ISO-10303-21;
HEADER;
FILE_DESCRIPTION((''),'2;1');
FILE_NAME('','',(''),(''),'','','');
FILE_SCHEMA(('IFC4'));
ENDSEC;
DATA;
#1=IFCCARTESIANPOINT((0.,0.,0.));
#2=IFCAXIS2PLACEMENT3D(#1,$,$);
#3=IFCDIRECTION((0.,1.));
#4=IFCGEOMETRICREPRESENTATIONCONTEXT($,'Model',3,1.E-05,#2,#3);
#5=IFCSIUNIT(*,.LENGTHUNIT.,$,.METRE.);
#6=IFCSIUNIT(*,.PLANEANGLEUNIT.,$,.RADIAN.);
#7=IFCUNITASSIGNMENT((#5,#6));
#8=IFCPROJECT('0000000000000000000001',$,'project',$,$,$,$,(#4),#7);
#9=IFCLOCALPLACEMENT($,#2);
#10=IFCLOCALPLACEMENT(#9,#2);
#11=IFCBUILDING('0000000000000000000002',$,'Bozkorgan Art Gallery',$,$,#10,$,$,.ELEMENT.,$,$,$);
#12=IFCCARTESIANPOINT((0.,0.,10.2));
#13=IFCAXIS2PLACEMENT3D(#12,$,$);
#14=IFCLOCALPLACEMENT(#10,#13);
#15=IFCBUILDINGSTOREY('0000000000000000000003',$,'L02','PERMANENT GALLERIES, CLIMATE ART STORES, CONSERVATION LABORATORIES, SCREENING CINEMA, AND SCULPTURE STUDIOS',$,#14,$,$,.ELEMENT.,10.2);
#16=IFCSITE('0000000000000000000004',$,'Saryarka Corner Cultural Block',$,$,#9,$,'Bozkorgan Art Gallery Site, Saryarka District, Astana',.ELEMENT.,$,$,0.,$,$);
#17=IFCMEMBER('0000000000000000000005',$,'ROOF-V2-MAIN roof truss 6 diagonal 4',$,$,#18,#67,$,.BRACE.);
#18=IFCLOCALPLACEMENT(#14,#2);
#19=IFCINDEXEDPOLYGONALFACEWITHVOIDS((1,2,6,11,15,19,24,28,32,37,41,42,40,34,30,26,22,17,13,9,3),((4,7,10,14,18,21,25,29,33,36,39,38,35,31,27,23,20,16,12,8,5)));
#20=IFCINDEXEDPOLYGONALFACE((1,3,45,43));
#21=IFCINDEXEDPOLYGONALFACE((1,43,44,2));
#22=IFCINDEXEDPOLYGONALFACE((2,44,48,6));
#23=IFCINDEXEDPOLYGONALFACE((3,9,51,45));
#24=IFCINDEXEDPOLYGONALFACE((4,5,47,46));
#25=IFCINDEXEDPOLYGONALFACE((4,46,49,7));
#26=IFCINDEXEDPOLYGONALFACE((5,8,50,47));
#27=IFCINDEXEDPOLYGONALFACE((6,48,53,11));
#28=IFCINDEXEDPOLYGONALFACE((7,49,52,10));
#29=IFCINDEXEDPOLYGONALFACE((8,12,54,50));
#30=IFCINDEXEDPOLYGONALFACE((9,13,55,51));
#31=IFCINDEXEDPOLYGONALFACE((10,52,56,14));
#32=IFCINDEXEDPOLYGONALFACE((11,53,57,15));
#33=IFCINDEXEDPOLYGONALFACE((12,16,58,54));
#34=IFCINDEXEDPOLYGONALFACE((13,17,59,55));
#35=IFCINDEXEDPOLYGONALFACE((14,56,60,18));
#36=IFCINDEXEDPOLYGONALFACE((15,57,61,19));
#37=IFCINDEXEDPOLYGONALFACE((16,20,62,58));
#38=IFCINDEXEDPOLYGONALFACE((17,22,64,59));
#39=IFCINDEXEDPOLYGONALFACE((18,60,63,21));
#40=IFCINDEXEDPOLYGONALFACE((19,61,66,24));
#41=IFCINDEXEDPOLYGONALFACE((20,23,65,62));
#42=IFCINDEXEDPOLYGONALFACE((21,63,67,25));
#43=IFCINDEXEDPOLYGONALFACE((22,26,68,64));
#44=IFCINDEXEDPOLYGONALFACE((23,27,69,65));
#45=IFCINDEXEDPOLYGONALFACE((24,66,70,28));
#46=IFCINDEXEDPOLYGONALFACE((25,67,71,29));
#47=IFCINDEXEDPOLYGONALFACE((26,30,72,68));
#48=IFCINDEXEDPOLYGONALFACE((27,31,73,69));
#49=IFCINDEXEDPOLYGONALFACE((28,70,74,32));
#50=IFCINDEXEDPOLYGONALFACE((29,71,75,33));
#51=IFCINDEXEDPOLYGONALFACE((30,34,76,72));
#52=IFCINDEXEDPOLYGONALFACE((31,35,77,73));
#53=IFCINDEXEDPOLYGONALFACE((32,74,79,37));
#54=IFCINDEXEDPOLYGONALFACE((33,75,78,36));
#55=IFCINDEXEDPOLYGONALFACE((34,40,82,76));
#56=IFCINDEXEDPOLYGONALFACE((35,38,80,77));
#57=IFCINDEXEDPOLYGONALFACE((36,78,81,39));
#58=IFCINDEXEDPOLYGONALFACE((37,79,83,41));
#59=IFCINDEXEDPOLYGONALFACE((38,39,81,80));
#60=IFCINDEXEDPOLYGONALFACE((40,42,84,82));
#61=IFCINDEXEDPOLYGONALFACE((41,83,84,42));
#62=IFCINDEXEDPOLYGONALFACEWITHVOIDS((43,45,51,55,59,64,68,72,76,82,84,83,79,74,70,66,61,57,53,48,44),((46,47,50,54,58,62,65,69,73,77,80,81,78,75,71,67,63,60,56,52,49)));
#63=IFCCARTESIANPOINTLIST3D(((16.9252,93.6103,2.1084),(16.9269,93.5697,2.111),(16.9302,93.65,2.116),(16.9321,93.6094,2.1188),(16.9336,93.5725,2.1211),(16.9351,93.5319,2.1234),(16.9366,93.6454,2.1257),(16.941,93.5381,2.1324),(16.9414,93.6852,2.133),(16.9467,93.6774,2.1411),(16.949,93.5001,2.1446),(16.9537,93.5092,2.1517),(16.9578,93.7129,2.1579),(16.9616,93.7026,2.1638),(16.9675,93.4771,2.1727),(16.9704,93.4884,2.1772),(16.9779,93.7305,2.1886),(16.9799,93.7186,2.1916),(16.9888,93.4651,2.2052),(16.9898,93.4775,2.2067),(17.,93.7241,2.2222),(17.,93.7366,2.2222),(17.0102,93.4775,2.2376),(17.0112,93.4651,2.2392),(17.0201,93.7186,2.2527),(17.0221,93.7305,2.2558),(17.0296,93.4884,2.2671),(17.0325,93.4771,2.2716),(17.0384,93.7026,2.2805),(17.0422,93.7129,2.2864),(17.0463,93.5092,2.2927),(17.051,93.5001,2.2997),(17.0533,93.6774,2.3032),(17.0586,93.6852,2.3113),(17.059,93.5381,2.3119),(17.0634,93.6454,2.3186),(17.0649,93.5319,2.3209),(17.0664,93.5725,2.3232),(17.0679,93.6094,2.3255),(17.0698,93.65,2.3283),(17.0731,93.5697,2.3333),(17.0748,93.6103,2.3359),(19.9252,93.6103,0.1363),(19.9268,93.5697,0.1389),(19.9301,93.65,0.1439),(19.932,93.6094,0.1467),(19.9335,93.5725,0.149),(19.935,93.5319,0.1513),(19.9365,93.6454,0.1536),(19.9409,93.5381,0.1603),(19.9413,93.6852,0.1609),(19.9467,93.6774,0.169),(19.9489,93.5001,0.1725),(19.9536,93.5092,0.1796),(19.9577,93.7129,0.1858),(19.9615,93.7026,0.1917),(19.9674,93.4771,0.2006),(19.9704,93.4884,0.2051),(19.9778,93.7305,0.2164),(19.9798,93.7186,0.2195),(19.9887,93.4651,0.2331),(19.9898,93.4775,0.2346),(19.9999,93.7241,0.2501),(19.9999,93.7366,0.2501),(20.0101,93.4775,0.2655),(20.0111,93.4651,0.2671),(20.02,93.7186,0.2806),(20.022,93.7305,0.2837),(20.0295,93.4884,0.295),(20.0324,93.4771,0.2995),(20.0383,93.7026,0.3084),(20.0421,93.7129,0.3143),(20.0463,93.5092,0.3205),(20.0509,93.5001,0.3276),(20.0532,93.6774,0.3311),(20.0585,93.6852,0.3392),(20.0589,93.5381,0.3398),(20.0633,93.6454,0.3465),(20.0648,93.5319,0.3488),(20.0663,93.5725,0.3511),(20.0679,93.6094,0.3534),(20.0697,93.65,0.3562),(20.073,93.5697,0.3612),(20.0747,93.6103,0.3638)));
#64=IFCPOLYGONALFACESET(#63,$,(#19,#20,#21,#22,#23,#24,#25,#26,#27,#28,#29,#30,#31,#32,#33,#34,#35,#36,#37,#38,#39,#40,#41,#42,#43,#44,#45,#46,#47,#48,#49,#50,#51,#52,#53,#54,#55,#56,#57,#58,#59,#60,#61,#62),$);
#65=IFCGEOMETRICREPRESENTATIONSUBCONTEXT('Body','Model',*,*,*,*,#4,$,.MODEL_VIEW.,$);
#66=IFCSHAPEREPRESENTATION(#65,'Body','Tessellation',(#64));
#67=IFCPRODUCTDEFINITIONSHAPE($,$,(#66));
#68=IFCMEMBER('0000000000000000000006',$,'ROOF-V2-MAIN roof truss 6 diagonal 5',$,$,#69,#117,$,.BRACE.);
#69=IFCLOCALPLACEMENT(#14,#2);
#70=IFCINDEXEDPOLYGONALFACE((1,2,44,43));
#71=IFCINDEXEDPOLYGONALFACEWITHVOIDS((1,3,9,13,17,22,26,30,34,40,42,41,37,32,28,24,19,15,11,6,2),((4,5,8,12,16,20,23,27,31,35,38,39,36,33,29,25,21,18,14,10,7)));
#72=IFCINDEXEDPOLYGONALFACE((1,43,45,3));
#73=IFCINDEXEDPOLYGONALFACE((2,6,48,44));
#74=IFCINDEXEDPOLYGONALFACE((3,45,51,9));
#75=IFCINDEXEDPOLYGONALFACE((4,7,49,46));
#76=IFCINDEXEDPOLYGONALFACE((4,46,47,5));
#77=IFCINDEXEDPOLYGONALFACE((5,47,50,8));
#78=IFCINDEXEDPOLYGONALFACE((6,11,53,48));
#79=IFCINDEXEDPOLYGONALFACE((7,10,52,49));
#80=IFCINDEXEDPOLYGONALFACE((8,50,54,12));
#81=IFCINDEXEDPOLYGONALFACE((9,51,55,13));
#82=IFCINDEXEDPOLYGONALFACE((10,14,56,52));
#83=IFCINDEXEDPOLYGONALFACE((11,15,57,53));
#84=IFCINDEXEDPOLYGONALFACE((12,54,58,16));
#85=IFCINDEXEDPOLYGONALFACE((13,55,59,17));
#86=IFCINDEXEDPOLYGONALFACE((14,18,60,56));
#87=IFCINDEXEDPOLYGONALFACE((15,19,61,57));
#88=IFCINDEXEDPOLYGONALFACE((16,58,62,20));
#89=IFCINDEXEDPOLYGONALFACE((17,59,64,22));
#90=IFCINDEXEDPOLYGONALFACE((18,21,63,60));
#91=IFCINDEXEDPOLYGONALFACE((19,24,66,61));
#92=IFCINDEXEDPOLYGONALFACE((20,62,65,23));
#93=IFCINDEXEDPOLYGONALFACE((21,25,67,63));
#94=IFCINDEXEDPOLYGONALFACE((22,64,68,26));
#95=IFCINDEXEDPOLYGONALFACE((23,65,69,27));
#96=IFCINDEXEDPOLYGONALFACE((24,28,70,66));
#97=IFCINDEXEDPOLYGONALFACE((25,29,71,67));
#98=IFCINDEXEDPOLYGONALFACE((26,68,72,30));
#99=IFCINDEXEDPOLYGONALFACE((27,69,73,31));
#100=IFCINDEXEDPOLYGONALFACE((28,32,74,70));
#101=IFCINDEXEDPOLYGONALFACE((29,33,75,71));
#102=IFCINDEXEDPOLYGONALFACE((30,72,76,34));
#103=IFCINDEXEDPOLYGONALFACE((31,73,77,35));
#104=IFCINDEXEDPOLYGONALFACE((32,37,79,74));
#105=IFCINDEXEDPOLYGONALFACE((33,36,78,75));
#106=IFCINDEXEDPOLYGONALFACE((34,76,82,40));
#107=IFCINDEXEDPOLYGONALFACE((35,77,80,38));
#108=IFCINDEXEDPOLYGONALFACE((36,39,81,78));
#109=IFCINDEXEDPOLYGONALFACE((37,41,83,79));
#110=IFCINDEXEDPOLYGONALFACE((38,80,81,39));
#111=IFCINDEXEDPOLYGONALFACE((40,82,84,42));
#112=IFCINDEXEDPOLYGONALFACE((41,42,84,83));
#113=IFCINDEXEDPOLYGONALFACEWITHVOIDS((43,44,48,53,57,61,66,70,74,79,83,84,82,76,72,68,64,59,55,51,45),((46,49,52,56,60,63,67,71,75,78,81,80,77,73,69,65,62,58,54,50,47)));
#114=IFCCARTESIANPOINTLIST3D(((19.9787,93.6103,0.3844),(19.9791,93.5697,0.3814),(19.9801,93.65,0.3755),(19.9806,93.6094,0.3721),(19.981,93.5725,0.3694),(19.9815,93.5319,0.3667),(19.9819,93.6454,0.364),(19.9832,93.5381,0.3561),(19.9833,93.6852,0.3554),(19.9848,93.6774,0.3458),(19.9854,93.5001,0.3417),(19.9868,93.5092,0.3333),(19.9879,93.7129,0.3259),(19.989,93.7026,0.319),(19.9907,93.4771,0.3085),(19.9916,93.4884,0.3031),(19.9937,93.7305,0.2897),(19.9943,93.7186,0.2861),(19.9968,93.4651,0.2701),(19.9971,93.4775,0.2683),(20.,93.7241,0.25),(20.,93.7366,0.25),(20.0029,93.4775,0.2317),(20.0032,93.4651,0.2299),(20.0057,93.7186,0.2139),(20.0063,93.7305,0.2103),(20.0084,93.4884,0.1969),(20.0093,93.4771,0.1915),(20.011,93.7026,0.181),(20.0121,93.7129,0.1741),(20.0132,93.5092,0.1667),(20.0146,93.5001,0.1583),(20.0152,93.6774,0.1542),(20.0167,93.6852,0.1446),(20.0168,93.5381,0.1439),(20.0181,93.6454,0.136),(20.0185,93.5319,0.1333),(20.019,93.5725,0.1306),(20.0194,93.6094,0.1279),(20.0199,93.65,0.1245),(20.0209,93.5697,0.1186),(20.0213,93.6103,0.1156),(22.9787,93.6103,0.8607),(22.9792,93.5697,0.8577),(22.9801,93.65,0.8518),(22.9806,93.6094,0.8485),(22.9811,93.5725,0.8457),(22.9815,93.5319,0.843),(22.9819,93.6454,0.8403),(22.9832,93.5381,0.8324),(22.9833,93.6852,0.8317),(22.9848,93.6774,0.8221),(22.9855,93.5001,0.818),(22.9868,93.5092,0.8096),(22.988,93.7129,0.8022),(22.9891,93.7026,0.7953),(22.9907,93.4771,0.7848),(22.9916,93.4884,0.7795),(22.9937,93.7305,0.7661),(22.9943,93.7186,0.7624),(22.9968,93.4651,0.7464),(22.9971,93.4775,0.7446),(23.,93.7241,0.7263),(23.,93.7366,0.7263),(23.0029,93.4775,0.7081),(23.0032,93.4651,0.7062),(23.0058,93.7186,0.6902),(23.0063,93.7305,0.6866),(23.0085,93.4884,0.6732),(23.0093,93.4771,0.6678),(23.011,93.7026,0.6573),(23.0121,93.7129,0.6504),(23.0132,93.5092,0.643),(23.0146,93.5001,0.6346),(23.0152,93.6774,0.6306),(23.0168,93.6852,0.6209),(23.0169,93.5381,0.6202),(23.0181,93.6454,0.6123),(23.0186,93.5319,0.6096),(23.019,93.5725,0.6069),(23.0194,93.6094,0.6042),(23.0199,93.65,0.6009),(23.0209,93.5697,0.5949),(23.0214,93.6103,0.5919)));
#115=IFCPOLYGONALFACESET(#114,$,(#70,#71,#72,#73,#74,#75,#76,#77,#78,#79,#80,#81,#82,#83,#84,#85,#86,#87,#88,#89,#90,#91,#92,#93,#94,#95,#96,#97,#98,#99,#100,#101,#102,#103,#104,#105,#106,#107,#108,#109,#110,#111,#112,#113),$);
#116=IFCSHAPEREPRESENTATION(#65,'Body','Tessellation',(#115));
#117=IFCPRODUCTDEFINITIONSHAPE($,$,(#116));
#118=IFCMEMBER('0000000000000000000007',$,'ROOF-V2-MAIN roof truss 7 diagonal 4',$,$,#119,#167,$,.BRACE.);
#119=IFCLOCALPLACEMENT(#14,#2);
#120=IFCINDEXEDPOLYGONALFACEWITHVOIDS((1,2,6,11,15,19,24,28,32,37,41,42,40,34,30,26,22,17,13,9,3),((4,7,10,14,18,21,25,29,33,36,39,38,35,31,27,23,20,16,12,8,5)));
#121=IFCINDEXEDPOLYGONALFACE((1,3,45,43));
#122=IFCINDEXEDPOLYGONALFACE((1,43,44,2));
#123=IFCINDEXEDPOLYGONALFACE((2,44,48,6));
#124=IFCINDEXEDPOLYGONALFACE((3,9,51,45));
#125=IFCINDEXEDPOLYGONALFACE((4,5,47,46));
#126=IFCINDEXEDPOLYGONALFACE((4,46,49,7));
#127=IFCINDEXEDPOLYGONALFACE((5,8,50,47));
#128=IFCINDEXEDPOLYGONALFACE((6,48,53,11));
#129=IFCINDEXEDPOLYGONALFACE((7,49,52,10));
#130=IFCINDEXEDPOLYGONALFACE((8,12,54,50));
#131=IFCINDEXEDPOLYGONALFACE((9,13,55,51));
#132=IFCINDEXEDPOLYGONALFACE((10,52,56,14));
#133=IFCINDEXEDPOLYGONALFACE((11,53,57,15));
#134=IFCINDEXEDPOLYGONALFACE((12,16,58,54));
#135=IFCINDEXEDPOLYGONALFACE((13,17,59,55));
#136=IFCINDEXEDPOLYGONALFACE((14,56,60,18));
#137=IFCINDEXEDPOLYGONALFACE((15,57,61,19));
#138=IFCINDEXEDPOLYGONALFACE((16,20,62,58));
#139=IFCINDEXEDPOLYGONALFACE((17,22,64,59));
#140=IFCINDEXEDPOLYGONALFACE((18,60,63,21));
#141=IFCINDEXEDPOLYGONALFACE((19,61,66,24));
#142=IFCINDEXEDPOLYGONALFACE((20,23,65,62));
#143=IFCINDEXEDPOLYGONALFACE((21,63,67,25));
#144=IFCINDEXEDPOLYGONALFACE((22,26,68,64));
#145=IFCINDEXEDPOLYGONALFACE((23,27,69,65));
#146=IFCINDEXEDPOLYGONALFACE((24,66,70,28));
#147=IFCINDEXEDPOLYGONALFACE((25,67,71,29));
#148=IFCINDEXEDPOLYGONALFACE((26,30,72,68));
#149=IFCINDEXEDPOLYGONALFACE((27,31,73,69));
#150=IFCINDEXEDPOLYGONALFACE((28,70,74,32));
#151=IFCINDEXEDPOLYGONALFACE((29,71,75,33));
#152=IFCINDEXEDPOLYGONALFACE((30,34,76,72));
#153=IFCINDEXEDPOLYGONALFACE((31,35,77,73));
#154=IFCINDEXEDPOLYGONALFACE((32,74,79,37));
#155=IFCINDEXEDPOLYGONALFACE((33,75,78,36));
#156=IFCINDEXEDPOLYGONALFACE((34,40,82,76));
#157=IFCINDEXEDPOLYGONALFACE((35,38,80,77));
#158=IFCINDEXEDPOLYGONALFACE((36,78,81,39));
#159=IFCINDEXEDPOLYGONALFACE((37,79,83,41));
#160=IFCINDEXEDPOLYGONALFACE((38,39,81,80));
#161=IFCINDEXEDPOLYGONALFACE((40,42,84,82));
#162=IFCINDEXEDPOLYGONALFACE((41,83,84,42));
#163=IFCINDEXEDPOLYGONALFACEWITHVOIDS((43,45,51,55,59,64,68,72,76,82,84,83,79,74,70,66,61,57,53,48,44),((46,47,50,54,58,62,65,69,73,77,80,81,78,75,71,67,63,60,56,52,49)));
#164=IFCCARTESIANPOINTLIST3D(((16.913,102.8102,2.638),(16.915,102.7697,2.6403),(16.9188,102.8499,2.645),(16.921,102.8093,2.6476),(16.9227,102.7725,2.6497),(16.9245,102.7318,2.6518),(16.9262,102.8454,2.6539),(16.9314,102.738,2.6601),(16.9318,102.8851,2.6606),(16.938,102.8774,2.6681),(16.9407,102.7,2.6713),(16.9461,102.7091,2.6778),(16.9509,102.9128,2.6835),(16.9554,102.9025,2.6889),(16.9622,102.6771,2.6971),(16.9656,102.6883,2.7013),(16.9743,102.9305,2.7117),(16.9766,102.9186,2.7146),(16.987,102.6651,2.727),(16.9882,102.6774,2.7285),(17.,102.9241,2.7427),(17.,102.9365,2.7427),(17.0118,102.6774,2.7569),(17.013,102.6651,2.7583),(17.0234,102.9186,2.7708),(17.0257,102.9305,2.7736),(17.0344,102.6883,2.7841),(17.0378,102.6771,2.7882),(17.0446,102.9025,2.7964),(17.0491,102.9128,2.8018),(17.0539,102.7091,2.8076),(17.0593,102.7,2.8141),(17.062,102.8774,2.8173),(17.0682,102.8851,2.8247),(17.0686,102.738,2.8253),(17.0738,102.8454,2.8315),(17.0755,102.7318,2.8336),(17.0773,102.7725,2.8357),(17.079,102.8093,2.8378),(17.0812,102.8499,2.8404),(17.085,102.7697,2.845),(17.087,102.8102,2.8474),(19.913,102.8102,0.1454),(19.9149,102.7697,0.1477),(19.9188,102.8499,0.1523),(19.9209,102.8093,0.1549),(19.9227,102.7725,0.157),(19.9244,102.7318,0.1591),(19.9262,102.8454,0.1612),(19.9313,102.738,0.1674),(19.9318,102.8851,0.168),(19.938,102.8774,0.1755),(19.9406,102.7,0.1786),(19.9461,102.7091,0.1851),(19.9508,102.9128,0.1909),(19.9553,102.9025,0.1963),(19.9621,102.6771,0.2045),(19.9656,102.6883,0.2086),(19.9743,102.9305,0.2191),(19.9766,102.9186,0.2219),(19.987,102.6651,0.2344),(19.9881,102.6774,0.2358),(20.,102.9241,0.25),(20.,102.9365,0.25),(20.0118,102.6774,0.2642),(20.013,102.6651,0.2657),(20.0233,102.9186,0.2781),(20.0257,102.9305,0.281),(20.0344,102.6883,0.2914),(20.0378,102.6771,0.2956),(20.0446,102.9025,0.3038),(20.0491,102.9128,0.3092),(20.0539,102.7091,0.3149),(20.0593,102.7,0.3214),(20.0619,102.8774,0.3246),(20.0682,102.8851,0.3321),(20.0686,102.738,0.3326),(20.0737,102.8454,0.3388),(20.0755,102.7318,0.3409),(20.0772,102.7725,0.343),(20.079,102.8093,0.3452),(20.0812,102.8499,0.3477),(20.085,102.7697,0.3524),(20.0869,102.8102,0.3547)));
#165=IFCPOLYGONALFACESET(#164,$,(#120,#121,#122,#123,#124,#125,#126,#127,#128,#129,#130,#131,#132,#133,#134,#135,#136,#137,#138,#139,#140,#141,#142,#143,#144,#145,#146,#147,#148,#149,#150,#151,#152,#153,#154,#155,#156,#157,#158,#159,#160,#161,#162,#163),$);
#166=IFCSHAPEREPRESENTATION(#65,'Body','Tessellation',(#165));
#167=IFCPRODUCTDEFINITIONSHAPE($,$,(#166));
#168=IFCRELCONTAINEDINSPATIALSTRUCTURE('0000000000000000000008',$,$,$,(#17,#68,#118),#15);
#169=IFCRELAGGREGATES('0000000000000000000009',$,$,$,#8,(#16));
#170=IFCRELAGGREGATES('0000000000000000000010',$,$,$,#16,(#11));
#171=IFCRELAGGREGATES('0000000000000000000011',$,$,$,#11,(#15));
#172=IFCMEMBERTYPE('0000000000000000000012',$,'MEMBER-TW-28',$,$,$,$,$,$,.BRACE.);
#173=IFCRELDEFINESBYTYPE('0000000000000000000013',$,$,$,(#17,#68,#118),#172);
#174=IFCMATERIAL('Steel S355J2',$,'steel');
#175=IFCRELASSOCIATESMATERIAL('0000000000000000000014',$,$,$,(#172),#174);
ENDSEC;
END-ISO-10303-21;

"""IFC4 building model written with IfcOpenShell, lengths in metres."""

from ifc_helpers import new_model, si_unit, direction, frame, origin, origin_2d, place, context, subcontext, project, spatial, hollow_circle, extrude, material, material_profile, profile_set, type_object, element, save


model = new_model("IFC4")

# Units and contexts
model_context = context("Model", 3, precision=1e-05, world=origin(), true_north=direction((0.0, 1.0)))
body_context = subcontext(model_context, "Body", "Model", "MODEL_VIEW")
ifc_project = project(units=[si_unit("LENGTHUNIT", "METRE"), si_unit("PLANEANGLEUNIT", "RADIAN")], contexts=[model_context])

# Site, building, storey
site_placement = place(None, origin())
site = spatial("IfcSite", under=ifc_project, at=site_placement, Name="Saryarka Corner Cultural Block", LongName="Bozkorgan Art Gallery Site, Saryarka District, Astana", CompositionType="ELEMENT", RefElevation=0.0)
building_placement = place(site_placement, origin())
building = spatial("IfcBuilding", under=site, at=building_placement, Name="Bozkorgan Art Gallery", CompositionType="ELEMENT")
storey_placement = place(building_placement, frame((0.0, 0.0, 10.2)))
storey = spatial("IfcBuildingStorey", under=building, at=storey_placement, Name="L02", Description="PERMANENT GALLERIES, CLIMATE ART STORES, CONSERVATION LABORATORIES, SCREENING CINEMA, AND SCULPTURE STUDIOS", CompositionType="ELEMENT", Elevation=10.2)

# Members
ifc_material = material(Name="Steel S355J2", Category="steel")
ifc_material_profile_1 = material_profile(ifc_material, hollow_circle(Radius=0.1365, WallThickness=0.0125, at=origin_2d()), Name="CHS 273x12.5")
ifc_profile_set_1 = profile_set([ifc_material_profile_1], Name="Steel S355J2")
member_type_1 = type_object("IfcMemberType", Name="MEMBER-TW-28", PredefinedType="BRACE", material=ifc_profile_set_1)
member_1_placement = place(storey_placement, frame((17.0, 93.6001, 2.2222), z_axis=(0.835611, 0.0, -0.549322), x_axis=(0.0, 1.0, 0.0)))
element("IfcMember", 1, at=member_1_placement, inside=storey, type_object=member_type_1, Name="ROOF-V2-MAIN roof truss 6 diagonal 4", PredefinedType="BRACE", context=body_context, shape_type="SweptSolid", body=[
    extrude(hollow_circle(Radius=0.1365, WallThickness=0.0125, at=origin_2d()), origin(), (0.0, 0.0, 1.0), 3.5901),
])
member_2_placement = place(storey_placement, frame((20.0, 93.6001, 0.25), z_axis=(0.987629, 0.0, 0.156809), x_axis=(0.0, 1.0, 0.0)))
element("IfcMember", 2, at=member_2_placement, inside=storey, type_object=member_type_1, Name="ROOF-V2-MAIN roof truss 6 diagonal 5", PredefinedType="BRACE", context=body_context, shape_type="SweptSolid", body=[
    extrude(hollow_circle(Radius=0.1365, WallThickness=0.0125, at=origin_2d()), origin(), (0.0, 0.0, 1.0), 3.0376),
])
member_3_placement = place(storey_placement, frame((17.0, 102.8, 2.7427), z_axis=(0.769144, 0.0, -0.639076), x_axis=(0.0, 1.0, 0.0)))
element("IfcMember", 3, at=member_3_placement, inside=storey, type_object=member_type_1, Name="ROOF-V2-MAIN roof truss 7 diagonal 4", PredefinedType="BRACE", context=body_context, shape_type="SweptSolid", body=[
    extrude(hollow_circle(Radius=0.1365, WallThickness=0.0125, at=origin_2d()), origin(), (0.0, 0.0, 1.0), 3.9004),
])

save(model, "model.ifc")
